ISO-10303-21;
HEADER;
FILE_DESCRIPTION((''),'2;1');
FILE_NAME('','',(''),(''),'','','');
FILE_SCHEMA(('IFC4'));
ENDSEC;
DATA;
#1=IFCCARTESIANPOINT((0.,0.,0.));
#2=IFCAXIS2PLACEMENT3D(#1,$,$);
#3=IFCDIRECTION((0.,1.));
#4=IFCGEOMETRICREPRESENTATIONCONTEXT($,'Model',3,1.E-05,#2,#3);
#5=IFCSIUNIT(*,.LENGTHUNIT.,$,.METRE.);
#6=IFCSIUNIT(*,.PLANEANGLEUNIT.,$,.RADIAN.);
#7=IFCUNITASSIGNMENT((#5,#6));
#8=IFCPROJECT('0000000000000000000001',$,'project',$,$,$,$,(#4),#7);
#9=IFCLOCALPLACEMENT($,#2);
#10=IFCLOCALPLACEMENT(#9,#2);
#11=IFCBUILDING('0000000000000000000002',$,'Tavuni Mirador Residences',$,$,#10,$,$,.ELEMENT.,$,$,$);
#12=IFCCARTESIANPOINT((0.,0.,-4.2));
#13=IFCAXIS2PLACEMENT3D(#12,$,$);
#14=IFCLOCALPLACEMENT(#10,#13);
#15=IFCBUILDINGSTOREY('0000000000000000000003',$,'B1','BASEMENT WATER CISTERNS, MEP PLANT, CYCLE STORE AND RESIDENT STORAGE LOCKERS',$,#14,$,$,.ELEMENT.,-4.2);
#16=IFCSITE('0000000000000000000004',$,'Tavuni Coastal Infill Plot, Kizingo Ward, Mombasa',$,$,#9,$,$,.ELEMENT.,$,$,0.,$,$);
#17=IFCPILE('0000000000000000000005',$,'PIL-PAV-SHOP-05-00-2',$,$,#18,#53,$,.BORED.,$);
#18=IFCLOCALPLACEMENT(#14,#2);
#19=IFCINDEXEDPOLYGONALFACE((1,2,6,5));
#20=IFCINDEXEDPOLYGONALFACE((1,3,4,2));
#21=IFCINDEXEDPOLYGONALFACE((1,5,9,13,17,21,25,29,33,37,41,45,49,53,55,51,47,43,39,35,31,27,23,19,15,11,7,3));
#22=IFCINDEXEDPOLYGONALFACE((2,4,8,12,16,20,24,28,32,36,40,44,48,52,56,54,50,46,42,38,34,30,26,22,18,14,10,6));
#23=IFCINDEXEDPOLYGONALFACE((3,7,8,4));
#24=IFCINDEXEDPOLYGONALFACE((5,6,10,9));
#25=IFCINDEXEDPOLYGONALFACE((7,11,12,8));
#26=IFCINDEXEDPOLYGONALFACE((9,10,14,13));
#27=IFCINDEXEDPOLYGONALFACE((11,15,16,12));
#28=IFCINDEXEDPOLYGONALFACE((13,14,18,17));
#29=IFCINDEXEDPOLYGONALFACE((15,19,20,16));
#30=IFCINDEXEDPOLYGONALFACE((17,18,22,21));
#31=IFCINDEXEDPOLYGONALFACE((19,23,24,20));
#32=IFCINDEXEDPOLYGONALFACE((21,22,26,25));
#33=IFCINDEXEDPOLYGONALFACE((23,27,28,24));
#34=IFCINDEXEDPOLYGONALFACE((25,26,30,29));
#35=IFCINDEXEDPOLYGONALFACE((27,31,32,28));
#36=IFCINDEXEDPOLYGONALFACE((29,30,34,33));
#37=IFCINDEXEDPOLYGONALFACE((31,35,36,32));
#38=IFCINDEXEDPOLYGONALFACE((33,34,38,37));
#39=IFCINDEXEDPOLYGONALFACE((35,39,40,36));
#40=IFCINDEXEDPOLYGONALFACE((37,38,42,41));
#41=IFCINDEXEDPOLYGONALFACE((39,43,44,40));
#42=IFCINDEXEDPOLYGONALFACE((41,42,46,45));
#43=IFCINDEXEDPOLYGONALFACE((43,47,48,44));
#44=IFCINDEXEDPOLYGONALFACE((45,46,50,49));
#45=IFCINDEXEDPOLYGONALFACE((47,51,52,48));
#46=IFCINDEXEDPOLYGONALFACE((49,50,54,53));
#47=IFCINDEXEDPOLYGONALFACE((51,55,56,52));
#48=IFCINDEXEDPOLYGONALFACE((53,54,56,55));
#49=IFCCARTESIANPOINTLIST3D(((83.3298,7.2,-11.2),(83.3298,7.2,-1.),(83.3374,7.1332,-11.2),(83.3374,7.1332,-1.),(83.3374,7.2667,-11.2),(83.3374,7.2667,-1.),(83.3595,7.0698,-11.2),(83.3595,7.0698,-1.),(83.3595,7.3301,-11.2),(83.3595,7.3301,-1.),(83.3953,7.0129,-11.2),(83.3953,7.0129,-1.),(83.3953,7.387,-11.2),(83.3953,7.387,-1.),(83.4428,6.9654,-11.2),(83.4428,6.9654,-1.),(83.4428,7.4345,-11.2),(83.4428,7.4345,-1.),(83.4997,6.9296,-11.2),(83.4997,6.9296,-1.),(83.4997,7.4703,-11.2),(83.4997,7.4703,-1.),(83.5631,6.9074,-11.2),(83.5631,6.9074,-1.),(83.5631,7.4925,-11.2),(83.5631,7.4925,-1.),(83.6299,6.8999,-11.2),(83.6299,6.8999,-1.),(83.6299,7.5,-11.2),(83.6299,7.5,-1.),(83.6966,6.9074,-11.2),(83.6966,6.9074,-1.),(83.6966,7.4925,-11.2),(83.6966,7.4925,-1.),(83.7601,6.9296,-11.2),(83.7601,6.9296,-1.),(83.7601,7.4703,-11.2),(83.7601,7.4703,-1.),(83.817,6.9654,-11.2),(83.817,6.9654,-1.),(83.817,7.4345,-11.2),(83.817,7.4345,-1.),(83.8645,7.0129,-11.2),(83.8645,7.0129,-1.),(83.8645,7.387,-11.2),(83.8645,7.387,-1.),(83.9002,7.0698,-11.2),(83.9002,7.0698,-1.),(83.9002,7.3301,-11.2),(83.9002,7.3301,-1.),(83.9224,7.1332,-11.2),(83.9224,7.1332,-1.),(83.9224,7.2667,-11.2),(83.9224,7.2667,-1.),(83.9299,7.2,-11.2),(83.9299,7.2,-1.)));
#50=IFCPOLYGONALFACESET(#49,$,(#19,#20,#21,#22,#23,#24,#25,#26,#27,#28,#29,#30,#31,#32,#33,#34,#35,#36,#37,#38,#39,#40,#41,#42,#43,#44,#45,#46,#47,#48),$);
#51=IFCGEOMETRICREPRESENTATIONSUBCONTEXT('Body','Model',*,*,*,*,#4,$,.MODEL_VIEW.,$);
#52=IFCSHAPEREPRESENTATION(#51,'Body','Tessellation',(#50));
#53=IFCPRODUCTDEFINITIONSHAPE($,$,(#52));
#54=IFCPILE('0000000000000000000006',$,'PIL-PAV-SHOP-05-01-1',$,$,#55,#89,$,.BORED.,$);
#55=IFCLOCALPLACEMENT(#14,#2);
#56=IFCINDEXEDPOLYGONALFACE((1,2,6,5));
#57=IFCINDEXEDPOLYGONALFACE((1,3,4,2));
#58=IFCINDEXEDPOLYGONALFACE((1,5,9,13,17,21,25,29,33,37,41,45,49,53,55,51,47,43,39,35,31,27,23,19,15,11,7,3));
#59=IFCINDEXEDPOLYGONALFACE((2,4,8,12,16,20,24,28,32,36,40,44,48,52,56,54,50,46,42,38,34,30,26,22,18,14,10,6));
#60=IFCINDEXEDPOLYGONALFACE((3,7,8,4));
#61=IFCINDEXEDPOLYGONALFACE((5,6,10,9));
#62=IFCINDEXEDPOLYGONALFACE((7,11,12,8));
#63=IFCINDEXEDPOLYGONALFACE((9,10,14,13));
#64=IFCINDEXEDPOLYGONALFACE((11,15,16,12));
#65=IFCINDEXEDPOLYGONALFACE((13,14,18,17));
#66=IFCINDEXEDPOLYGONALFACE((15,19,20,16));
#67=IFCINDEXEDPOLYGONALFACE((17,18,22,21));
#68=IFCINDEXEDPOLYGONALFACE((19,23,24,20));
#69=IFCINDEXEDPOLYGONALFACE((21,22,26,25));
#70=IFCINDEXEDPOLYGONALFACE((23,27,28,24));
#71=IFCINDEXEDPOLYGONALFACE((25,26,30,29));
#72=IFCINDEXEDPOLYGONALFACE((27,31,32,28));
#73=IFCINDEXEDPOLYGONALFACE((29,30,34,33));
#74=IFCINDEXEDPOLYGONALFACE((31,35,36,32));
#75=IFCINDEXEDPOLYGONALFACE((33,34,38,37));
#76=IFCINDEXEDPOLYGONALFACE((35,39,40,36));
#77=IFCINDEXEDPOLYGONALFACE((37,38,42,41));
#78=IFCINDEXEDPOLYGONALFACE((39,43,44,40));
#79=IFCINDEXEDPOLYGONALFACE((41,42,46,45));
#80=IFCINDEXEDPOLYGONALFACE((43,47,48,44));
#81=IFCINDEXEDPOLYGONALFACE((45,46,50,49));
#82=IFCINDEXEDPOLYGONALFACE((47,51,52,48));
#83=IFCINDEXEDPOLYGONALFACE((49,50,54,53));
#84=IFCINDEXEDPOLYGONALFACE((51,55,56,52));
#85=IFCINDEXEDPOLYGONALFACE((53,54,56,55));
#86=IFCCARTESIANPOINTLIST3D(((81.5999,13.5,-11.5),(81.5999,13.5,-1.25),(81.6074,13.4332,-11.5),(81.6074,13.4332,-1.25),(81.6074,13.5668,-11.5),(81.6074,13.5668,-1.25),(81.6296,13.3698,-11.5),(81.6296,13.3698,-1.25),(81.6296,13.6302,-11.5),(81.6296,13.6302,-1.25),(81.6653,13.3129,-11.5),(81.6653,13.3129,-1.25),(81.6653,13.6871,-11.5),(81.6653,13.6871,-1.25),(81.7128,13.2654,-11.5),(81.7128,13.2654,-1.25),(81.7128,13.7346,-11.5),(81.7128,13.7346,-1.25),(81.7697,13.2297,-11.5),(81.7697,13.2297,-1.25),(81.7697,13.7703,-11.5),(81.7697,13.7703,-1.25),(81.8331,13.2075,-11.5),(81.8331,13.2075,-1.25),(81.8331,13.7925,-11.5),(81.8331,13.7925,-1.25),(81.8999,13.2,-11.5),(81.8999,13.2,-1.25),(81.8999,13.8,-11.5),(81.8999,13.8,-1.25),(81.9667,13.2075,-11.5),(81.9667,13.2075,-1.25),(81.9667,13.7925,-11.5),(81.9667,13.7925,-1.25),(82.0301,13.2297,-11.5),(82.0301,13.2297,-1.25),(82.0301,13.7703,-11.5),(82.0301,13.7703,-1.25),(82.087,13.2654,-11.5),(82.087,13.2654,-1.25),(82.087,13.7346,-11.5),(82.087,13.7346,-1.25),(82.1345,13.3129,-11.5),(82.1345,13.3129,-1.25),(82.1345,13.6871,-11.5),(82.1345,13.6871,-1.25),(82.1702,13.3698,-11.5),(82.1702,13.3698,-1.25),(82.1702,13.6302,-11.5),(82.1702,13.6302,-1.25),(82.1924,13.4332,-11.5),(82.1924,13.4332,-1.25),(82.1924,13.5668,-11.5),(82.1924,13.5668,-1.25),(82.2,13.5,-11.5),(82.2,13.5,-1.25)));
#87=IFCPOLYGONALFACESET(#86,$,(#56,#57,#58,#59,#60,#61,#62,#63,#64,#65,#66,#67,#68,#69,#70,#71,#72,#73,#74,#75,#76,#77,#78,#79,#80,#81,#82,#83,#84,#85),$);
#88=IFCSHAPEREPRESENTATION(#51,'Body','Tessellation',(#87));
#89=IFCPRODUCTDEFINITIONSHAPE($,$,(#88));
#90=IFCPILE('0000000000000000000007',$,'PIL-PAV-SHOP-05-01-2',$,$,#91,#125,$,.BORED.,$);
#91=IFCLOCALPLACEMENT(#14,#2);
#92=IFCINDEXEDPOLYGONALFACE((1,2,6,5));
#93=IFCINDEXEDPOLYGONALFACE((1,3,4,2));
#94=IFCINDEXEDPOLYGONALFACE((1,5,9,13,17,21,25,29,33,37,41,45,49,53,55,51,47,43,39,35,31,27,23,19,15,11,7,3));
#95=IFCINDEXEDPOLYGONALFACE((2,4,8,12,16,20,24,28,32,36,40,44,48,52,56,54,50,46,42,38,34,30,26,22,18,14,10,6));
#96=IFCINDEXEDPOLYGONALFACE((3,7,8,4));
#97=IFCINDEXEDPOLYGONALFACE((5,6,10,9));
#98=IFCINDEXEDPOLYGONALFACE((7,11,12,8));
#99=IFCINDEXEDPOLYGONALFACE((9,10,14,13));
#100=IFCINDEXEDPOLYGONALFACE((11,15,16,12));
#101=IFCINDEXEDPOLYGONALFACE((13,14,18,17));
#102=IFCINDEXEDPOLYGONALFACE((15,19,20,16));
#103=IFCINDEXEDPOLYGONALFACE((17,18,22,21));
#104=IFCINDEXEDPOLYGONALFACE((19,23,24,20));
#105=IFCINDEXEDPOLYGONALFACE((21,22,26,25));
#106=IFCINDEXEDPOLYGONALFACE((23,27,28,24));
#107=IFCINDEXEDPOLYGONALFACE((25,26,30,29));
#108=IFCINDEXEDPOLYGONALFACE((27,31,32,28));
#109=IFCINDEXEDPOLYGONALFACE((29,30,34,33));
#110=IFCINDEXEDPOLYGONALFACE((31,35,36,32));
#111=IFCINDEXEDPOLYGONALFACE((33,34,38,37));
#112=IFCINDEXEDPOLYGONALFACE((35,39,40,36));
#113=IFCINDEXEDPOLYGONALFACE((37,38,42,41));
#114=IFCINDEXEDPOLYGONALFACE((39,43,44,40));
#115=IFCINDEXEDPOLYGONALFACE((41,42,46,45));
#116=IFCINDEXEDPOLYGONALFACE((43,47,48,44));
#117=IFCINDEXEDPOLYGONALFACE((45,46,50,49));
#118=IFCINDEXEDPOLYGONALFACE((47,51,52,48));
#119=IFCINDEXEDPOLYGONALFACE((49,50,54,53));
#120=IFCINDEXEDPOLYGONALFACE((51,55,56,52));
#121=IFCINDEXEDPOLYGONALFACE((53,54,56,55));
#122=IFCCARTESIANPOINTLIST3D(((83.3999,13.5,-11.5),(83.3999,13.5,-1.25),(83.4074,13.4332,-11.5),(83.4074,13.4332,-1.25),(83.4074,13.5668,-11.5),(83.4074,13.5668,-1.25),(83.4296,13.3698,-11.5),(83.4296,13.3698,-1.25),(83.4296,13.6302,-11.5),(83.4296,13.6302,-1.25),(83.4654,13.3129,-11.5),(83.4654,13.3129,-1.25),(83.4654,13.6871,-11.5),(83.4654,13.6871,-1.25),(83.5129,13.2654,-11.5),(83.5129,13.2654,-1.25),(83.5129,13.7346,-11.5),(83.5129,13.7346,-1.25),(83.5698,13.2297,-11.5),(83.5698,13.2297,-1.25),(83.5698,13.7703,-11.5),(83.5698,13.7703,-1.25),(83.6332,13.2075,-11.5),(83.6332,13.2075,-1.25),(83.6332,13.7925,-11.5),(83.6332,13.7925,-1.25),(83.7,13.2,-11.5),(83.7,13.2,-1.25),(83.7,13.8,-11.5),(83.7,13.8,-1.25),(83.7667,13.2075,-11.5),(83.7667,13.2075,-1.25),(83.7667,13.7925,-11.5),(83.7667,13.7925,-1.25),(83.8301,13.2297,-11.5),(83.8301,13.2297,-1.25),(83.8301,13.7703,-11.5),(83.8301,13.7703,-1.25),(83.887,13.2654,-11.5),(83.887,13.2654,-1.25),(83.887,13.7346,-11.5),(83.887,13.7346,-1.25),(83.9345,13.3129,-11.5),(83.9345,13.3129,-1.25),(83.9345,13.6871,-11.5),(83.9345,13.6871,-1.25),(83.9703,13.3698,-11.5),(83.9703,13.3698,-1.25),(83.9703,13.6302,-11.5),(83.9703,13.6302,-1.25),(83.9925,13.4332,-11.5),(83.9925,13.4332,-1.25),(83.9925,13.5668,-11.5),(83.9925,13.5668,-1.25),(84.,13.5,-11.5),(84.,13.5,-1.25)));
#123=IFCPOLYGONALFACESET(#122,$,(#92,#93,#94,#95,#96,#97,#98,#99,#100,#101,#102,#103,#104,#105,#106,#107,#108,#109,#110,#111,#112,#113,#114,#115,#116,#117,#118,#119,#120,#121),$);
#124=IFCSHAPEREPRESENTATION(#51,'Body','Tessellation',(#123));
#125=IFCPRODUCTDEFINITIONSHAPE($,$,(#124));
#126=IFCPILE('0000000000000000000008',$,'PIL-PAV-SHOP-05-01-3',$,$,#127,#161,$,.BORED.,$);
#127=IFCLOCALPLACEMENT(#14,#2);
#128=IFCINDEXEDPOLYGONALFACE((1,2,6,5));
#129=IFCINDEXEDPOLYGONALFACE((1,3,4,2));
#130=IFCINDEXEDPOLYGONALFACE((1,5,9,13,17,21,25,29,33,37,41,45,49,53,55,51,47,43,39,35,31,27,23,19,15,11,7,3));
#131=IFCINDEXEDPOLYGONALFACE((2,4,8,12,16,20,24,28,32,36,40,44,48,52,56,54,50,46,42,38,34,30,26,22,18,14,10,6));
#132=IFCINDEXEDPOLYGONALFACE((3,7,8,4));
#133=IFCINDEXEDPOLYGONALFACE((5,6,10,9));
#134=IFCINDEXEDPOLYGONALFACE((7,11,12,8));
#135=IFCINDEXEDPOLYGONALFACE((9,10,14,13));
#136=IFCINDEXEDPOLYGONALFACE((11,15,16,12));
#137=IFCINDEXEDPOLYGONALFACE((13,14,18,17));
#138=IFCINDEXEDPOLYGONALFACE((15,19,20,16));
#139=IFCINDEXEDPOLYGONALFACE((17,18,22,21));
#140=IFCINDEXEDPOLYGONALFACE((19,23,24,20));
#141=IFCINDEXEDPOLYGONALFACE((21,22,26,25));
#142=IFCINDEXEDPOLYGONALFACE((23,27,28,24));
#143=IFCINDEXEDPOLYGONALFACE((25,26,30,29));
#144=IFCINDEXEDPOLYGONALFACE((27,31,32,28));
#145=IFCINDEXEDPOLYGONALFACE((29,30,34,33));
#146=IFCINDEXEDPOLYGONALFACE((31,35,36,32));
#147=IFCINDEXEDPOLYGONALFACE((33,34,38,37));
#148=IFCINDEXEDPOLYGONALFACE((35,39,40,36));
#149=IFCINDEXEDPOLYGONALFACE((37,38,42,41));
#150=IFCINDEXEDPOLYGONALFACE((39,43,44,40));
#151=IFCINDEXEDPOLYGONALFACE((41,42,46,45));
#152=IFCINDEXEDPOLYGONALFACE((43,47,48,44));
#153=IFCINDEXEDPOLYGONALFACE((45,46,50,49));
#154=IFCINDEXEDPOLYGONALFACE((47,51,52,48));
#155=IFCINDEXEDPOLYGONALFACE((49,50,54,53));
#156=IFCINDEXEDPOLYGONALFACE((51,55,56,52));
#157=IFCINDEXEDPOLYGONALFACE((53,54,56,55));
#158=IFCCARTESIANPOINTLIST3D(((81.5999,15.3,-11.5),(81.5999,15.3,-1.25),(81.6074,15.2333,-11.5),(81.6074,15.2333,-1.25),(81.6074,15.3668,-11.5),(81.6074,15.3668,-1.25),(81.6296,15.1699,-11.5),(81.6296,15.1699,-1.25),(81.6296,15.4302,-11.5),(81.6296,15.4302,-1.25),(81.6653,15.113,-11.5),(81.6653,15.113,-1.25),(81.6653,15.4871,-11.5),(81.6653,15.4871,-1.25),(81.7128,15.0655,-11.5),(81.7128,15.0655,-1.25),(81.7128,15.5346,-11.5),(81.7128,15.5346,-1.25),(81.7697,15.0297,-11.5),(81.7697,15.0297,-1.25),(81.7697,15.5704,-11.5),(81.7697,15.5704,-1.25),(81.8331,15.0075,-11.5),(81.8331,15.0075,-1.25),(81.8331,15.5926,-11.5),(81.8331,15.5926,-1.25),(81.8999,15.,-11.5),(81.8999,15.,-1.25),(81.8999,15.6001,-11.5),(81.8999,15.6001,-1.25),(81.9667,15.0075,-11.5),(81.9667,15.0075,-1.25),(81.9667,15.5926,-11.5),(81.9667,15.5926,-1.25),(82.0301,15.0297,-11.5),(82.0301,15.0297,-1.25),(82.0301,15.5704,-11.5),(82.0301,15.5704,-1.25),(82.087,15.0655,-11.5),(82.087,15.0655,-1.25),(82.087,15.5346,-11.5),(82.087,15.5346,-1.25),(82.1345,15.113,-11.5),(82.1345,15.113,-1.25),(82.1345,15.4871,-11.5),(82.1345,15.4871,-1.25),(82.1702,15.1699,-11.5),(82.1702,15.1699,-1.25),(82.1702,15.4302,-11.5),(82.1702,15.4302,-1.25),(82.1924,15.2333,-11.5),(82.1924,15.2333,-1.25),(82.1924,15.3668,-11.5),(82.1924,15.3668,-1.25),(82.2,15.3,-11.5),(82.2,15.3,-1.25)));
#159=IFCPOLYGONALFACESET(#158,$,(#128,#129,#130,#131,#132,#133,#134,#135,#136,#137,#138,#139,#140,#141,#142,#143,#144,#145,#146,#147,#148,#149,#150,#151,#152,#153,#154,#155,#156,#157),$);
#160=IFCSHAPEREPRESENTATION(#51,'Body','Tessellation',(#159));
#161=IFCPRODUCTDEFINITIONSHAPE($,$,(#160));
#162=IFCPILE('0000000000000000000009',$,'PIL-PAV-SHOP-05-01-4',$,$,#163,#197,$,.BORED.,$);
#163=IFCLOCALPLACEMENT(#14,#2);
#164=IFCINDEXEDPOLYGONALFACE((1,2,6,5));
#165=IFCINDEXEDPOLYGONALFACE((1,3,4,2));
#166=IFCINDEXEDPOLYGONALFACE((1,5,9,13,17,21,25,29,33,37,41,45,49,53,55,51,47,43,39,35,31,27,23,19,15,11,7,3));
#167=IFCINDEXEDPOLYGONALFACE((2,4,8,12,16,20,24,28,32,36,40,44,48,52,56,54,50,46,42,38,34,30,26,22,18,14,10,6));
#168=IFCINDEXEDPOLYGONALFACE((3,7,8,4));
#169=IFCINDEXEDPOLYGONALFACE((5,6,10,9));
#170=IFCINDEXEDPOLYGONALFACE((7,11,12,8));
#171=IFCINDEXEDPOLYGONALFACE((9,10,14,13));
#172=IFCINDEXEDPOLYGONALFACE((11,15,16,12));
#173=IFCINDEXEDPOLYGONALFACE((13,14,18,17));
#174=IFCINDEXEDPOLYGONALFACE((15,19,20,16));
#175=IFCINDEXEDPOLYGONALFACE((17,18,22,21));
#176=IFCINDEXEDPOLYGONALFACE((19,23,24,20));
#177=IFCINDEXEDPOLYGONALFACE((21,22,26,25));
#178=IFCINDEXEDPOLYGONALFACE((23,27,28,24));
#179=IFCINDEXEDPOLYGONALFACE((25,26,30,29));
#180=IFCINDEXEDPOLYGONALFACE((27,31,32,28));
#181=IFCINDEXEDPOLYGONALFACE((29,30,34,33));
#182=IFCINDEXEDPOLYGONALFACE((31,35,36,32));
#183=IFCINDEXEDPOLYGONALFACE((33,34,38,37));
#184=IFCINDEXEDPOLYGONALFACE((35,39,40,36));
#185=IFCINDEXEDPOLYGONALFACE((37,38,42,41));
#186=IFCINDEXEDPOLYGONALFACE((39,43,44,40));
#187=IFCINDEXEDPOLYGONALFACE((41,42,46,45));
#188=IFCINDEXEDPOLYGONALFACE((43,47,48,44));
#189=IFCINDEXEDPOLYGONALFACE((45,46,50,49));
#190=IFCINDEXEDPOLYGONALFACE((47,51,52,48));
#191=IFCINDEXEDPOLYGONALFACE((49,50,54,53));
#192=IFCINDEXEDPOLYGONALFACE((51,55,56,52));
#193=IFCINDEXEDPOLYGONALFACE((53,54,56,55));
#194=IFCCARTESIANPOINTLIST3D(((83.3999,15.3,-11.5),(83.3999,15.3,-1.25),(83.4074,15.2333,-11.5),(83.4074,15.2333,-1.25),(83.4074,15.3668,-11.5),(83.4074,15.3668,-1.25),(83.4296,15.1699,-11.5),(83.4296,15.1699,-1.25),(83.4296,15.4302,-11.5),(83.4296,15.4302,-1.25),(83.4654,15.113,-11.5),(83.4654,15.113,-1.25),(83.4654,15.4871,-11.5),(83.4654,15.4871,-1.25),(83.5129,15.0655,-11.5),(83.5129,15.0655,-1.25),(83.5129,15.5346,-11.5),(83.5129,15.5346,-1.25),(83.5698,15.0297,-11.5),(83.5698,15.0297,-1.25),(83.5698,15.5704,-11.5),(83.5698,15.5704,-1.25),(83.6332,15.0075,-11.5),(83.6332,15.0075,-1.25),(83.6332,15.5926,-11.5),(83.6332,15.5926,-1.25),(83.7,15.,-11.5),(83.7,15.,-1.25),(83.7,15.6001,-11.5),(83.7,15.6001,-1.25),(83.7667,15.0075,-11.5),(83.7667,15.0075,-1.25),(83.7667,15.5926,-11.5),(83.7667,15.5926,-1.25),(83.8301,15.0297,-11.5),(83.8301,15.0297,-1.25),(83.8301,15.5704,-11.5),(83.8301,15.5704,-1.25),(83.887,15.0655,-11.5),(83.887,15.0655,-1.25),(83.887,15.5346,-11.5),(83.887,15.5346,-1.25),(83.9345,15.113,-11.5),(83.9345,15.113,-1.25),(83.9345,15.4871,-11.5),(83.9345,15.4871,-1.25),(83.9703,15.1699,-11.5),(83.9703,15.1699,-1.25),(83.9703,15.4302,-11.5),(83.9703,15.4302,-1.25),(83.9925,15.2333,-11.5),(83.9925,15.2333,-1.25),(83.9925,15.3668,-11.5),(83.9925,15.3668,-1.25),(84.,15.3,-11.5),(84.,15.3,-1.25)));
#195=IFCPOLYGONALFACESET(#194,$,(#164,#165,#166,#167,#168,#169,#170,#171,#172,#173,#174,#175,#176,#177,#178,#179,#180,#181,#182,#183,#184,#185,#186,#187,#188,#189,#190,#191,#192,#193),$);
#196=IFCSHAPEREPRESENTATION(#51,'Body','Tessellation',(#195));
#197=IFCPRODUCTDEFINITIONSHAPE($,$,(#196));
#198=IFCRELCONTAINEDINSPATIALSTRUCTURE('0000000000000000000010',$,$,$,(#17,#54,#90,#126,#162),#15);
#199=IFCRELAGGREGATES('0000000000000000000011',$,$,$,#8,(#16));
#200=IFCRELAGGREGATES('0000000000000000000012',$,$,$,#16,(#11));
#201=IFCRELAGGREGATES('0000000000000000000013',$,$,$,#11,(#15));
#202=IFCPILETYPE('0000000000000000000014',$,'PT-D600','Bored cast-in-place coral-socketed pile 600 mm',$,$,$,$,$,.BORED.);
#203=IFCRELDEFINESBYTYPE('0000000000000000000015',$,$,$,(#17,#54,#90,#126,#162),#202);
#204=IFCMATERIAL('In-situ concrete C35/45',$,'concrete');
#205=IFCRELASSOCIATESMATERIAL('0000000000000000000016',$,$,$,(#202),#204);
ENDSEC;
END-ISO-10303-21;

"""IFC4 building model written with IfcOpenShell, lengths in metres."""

from ifc_helpers import new_model, si_unit, direction, frame, origin, origin_2d, place, context, subcontext, project, spatial, circle, extrude, material, material_profile, profile_set, type_object, element, save


model = new_model("IFC4")

# Units and contexts
model_context = context("Model", 3, precision=1e-05, world=origin(), true_north=direction((0.0, 1.0)))
body_context = subcontext(model_context, "Body", "Model", "MODEL_VIEW")
ifc_project = project(units=[si_unit("LENGTHUNIT", "METRE"), si_unit("PLANEANGLEUNIT", "RADIAN")], contexts=[model_context])

# Site, building, storey
site_placement = place(None, origin())
site = spatial("IfcSite", under=ifc_project, at=site_placement, Name="Tavuni Coastal Infill Plot, Kizingo Ward, Mombasa", CompositionType="ELEMENT", RefElevation=0.0)
building_placement = place(site_placement, origin())
building = spatial("IfcBuilding", under=site, at=building_placement, Name="Tavuni Mirador Residences", CompositionType="ELEMENT")
storey_placement = place(building_placement, frame((0.0, 0.0, -4.2)))
storey = spatial("IfcBuildingStorey", under=building, at=storey_placement, Name="B1", Description="BASEMENT WATER CISTERNS, MEP PLANT, CYCLE STORE AND RESIDENT STORAGE LOCKERS", CompositionType="ELEMENT", Elevation=-4.2)

# Shared definitions
ifc_material_1 = material(Name="In-situ concrete C35/45", Category="concrete")

# Piles
ifc_material_profile_1 = material_profile(ifc_material_1, circle(Radius=0.3, at=origin_2d()), Name="PILE D600", Category="concrete")
ifc_profile_set_1 = profile_set([ifc_material_profile_1], Name="In-situ concrete C35/45")
pile_type_1 = type_object("IfcPileType", Name="PT-D600", Description="Bored cast-in-place coral-socketed pile 600 mm", PredefinedType="BORED", material=ifc_profile_set_1)
for number, where, z_axis, x_axis, name in (
    (1, (83.6299, 7.2, -1.0), (0.0, 0.0, -1.0), (1.0, 0.0, 0.0), "PIL-PAV-SHOP-05-00-2"),
):
    element("IfcPile", number, at=place(storey_placement, frame(where, z_axis=z_axis, x_axis=x_axis)), inside=storey, type_object=pile_type_1, Name=name, PredefinedType="BORED", context=body_context, shape_type="SweptSolid", body=[
        extrude(circle(Radius=0.3, at=origin_2d()), origin(), (0.0, 0.0, 1.0), 10.2),
    ])
for number, where, z_axis, x_axis, name in (
    (2, (81.8999, 13.5, -1.25), (0.0, 0.0, -1.0), (1.0, 0.0, 0.0), "PIL-PAV-SHOP-05-01-1"),
    (3, (83.7, 13.5, -1.25), (0.0, 0.0, -1.0), (1.0, 0.0, 0.0), "PIL-PAV-SHOP-05-01-2"),
    (4, (81.8999, 15.3, -1.25), (0.0, 0.0, -1.0), (1.0, 0.0, 0.0), "PIL-PAV-SHOP-05-01-3"),
    (5, (83.7, 15.3, -1.25), (0.0, 0.0, -1.0), (1.0, 0.0, 0.0), "PIL-PAV-SHOP-05-01-4"),
):
    element("IfcPile", number, at=place(storey_placement, frame(where, z_axis=z_axis, x_axis=x_axis)), inside=storey, type_object=pile_type_1, Name=name, PredefinedType="BORED", context=body_context, shape_type="SweptSolid", body=[
        extrude(circle(Radius=0.3, at=origin_2d()), origin(), (0.0, 0.0, 1.0), 10.25),
    ])

save(model, "model.ifc")
